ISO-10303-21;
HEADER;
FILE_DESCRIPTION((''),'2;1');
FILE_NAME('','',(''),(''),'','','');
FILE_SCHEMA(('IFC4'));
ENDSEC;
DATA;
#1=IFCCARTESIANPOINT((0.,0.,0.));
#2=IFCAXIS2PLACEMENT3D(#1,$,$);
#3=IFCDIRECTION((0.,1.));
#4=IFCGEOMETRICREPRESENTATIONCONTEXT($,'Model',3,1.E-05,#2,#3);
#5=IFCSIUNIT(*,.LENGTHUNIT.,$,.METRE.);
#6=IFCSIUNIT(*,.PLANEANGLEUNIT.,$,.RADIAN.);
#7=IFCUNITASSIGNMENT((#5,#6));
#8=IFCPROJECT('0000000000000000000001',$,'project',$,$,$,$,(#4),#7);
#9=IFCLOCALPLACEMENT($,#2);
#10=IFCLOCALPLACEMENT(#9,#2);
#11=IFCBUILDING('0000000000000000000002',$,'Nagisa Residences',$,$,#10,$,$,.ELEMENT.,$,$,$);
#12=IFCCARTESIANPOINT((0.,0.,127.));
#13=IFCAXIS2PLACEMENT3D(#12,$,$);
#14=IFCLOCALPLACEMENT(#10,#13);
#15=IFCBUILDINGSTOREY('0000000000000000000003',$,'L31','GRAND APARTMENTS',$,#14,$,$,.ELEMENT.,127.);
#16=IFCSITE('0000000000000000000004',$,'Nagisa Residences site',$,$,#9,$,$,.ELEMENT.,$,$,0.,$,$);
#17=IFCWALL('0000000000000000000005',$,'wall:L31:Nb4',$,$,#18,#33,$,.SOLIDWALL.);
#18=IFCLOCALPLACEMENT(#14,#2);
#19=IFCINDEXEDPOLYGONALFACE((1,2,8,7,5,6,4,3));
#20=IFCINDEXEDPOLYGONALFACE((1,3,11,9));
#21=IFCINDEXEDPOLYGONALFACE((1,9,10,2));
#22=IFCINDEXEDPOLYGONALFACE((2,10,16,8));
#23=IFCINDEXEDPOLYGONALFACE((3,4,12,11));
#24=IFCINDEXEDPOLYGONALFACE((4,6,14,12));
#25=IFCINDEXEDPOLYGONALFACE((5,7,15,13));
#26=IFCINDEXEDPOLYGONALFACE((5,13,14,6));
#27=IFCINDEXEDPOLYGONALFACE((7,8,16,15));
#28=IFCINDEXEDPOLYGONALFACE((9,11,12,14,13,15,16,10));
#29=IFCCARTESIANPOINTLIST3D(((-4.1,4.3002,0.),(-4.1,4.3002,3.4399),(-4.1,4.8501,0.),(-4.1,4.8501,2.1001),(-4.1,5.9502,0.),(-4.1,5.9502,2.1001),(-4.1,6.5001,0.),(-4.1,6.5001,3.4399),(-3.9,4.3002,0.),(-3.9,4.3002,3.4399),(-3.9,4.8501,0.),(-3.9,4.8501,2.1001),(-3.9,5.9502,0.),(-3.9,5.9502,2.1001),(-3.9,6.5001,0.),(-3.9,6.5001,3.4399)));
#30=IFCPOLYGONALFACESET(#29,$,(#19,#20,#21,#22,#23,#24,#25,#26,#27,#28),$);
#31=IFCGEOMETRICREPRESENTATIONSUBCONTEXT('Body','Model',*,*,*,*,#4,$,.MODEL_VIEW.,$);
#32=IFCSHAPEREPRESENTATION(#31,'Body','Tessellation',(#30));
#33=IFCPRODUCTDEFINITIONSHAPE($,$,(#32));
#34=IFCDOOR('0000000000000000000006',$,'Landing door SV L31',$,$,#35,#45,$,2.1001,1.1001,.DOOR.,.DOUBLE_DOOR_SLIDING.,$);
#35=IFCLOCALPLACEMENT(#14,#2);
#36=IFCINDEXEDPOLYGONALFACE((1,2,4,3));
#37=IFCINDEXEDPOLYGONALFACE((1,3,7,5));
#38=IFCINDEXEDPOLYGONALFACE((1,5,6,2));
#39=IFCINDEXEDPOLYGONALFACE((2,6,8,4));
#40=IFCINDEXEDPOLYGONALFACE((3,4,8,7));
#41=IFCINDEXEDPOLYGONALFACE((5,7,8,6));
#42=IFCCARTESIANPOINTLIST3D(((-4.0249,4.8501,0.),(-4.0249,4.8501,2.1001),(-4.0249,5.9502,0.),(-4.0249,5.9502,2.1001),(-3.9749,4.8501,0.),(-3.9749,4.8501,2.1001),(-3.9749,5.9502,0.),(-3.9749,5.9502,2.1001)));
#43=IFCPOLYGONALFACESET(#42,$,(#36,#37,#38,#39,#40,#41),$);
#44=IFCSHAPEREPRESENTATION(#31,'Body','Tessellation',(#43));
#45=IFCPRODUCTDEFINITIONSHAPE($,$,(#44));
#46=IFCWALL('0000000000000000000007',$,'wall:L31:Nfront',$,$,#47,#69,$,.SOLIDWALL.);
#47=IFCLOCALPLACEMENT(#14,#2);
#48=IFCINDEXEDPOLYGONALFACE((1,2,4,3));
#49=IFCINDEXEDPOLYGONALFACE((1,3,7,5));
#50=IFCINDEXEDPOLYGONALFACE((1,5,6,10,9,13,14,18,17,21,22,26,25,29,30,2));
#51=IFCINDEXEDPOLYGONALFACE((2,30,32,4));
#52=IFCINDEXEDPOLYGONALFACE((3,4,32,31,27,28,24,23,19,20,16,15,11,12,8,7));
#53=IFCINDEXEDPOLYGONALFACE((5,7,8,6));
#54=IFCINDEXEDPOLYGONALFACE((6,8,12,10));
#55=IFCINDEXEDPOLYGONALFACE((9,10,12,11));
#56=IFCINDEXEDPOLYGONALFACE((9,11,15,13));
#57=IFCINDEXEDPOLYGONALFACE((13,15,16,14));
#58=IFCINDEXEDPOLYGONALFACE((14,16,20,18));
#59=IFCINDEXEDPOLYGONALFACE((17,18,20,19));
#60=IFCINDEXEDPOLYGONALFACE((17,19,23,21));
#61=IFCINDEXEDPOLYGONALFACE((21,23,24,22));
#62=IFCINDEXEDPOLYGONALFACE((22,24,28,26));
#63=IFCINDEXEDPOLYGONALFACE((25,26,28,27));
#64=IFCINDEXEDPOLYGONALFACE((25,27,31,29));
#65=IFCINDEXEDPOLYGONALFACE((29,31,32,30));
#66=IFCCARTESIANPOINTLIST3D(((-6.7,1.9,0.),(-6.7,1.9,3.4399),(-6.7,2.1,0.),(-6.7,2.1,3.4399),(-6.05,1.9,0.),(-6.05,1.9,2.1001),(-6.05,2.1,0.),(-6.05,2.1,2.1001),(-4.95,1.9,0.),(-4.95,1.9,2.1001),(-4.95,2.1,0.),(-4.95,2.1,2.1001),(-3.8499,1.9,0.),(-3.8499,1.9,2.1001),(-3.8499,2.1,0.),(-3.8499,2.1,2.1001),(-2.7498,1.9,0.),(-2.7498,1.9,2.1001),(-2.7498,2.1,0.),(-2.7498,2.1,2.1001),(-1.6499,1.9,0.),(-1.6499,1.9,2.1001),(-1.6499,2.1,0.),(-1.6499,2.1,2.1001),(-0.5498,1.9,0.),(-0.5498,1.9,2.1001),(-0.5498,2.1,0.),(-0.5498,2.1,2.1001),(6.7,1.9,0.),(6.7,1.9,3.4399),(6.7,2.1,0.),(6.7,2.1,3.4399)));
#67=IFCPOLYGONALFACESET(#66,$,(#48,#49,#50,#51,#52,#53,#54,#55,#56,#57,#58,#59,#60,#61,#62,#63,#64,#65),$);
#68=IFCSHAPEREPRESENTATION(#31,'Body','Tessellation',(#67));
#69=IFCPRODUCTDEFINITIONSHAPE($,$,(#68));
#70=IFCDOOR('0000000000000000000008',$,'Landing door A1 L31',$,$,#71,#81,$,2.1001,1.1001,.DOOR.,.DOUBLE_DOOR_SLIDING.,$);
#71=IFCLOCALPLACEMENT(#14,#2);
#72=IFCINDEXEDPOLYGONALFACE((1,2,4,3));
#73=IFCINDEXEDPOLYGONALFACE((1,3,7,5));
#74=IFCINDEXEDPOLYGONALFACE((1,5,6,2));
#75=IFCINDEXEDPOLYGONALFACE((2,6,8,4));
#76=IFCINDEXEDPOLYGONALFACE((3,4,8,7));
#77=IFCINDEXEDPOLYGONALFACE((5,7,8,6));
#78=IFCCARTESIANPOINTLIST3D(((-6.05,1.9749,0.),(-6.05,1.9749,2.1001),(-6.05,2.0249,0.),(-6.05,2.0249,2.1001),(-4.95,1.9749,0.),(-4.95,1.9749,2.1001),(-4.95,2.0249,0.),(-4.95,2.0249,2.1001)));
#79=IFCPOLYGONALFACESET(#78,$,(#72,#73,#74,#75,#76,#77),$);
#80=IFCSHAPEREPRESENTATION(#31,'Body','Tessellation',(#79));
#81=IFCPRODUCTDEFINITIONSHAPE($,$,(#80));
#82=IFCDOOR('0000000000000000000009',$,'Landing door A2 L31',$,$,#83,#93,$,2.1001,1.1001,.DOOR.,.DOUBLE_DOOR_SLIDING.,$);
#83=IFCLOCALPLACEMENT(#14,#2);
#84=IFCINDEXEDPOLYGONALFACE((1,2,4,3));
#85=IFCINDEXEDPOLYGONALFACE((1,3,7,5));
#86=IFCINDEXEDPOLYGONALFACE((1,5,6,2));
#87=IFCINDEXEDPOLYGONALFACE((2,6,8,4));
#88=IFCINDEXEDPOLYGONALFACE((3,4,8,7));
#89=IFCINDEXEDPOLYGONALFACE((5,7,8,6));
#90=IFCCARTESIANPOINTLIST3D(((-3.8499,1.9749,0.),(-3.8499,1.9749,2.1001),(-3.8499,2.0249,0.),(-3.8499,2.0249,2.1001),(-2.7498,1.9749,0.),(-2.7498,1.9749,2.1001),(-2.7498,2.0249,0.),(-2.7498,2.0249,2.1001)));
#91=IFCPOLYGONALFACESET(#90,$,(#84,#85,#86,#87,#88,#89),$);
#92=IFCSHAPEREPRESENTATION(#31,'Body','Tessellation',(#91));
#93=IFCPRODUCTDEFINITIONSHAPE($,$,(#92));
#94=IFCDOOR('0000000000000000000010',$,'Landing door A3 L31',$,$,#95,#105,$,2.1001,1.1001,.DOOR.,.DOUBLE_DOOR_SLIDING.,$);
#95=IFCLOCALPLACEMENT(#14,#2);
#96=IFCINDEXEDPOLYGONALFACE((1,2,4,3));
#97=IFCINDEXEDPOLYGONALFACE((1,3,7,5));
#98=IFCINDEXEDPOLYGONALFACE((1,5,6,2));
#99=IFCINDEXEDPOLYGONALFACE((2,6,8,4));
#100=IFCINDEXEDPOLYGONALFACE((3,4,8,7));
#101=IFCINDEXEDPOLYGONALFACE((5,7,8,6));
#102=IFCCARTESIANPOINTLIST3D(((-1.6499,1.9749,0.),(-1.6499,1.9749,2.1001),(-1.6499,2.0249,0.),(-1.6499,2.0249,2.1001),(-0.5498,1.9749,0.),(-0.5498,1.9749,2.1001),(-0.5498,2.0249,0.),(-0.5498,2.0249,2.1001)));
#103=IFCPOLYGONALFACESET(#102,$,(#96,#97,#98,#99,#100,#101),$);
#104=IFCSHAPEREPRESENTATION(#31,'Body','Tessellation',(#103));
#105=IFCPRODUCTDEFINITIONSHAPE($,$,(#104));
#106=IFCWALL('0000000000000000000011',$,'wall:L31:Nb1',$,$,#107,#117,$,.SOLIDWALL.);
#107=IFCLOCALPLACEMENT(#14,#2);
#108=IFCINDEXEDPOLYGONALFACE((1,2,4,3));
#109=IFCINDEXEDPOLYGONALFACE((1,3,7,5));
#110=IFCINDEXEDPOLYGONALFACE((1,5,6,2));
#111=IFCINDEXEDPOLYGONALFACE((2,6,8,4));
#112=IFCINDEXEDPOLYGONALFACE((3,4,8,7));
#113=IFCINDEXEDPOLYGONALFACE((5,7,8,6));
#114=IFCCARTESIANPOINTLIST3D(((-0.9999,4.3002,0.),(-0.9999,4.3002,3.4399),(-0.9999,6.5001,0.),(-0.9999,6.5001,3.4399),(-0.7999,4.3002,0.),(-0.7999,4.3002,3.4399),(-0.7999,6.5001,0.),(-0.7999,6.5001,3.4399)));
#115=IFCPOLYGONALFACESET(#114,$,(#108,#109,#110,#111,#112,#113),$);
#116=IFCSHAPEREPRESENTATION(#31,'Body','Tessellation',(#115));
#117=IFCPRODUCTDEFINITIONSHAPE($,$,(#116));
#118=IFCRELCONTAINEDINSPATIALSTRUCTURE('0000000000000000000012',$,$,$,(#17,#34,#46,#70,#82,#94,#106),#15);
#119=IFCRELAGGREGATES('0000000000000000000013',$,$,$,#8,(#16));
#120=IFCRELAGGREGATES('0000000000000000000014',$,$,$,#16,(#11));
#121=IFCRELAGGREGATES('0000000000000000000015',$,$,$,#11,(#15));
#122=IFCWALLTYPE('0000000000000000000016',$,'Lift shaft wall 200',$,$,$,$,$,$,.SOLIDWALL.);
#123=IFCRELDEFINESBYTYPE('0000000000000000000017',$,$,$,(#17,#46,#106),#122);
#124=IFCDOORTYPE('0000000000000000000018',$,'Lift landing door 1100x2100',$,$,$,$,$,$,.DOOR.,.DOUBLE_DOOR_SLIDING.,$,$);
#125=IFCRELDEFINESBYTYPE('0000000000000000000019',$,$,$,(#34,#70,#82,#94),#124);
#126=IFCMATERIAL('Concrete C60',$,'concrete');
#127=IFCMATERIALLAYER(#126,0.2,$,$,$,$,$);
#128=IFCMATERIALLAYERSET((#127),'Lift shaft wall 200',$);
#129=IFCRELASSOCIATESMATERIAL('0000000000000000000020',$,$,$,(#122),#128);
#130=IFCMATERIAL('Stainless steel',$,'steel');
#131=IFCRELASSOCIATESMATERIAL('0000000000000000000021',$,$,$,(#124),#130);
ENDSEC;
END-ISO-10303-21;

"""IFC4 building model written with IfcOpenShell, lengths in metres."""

from ifc_helpers import new_model, si_unit, direction, frame, frame_2d, origin, place, context, subcontext, project, spatial, rectangle, extrude, material, layer, layer_set, type_object, element, fill, save


model = new_model("IFC4")

# Units and contexts
model_context = context("Model", 3, precision=1e-05, world=origin(), true_north=direction((0.0, 1.0)))
body_context = subcontext(model_context, "Body", "Model", "MODEL_VIEW")
ifc_project = project(units=[si_unit("LENGTHUNIT", "METRE"), si_unit("PLANEANGLEUNIT", "RADIAN")], contexts=[model_context])

# Site, building, storey
site_placement = place(None, origin())
site = spatial("IfcSite", under=ifc_project, at=site_placement, Name="Nagisa Residences site", CompositionType="ELEMENT", RefElevation=0.0)
building_placement = place(site_placement, origin())
building = spatial("IfcBuilding", under=site, at=building_placement, Name="Nagisa Residences", CompositionType="ELEMENT")
storey_placement = place(building_placement, frame((0.0, 0.0, 127.0)))
storey = spatial("IfcBuildingStorey", under=building, at=storey_placement, Name="L31", Description="GRAND APARTMENTS", CompositionType="ELEMENT", Elevation=127.0)

# Wall, opening, door
ifc_material_1 = material(Name="Concrete C60", Category="concrete")
ifc_layer_1 = layer(ifc_material_1, 0.2)
ifc_layer_set_1 = layer_set([ifc_layer_1], Name="Lift shaft wall 200")
wall_type_1 = type_object("IfcWallType", Name="Lift shaft wall 200", PredefinedType="SOLIDWALL", material=ifc_layer_set_1)
wall_1_placement = place(storey_placement, frame((-4.0, 4.3, 0.0), z_axis=(0.0, 0.0, 1.0), x_axis=(0.0, 1.0, 0.0)))
wall_1 = element("IfcWall", 1, at=wall_1_placement, inside=storey, type_object=wall_type_1, Name="wall:L31:Nb4", PredefinedType="SOLIDWALL", context=body_context, shape_type="SweptSolid", body=[
    extrude(rectangle(XDim=2.2, YDim=0.2, at=frame_2d((1.1001, 0.0))), origin(), (0.0, 0.0, 1.0), 3.4399),
])
opening_1_placement = place(wall_1_placement, frame((0.55, 0.0, 0.0)))
opening_1 = element("IfcOpeningElement", 2, at=opening_1_placement, cuts=wall_1, PredefinedType="OPENING", context=body_context, shape_type="SweptSolid", body=[
    extrude(rectangle(XDim=1.1001, YDim=2.1001, at=frame_2d((0.55, 1.05))), frame((0.0, 0.1099, 0.0), z_axis=(0.0, -1.0, 0.0), x_axis=(1.0, 0.0, 0.0)), (0.0, 0.0, 1.0), 0.22),
])
ifc_material_2 = material(Name="Stainless steel", Category="steel")
door_type_1 = type_object("IfcDoorType", Name="Lift landing door 1100x2100", OperationType="DOUBLE_DOOR_SLIDING", PredefinedType="DOOR", material=ifc_material_2)
door_1_placement = place(opening_1_placement, origin())
door_1 = element("IfcDoor", 3, at=door_1_placement, inside=storey, type_object=door_type_1, Name="Landing door SV L31", OperationType="DOUBLE_DOOR_SLIDING", OverallHeight=2.1001, OverallWidth=1.1001, PredefinedType="DOOR", context=body_context, shape_type="SweptSolid", body=[
    extrude(rectangle(XDim=1.1001, YDim=2.1001, at=frame_2d((0.55, 1.05))), frame((0.0, 0.0249, 0.0), z_axis=(0.0, -1.0, 0.0), x_axis=(1.0, 0.0, 0.0)), (0.0, 0.0, 1.0), 0.05),
])
fill(opening_1, door_1)

# Wall, openings, doors
wall_2_placement = place(storey_placement, frame((-6.7, 2.0, 0.0), z_axis=(0.0, 0.0, 1.0), x_axis=(1.0, 0.0, 0.0)))
wall_2 = element("IfcWall", 4, at=wall_2_placement, inside=storey, type_object=wall_type_1, Name="wall:L31:Nfront", PredefinedType="SOLIDWALL", context=body_context, shape_type="SweptSolid", body=[
    extrude(rectangle(XDim=13.3999, YDim=0.2, at=frame_2d((6.7, 0.0))), origin(), (0.0, 0.0, 1.0), 3.4399),
])
opening_2_placement = place(wall_2_placement, frame((0.6499, 0.0, 0.0)))
opening_2 = element("IfcOpeningElement", 5, at=opening_2_placement, cuts=wall_2, PredefinedType="OPENING", context=body_context, shape_type="SweptSolid", body=[
    extrude(rectangle(XDim=1.1001, YDim=2.1001, at=frame_2d((0.55, 1.05))), frame((0.0, 0.1099, 0.0), z_axis=(0.0, -1.0, 0.0), x_axis=(1.0, 0.0, 0.0)), (0.0, 0.0, 1.0), 0.22),
])
opening_3_placement = place(wall_2_placement, frame((2.8501, 0.0, 0.0)))
opening_3 = element("IfcOpeningElement", 6, at=opening_3_placement, cuts=wall_2, PredefinedType="OPENING", context=body_context, shape_type="SweptSolid", body=[
    extrude(rectangle(XDim=1.1001, YDim=2.1001, at=frame_2d((0.55, 1.05))), frame((0.0, 0.1099, 0.0), z_axis=(0.0, -1.0, 0.0), x_axis=(1.0, 0.0, 0.0)), (0.0, 0.0, 1.0), 0.22),
])
opening_4_placement = place(wall_2_placement, frame((5.05, 0.0, 0.0)))
opening_4 = element("IfcOpeningElement", 7, at=opening_4_placement, cuts=wall_2, PredefinedType="OPENING", context=body_context, shape_type="SweptSolid", body=[
    extrude(rectangle(XDim=1.1001, YDim=2.1001, at=frame_2d((0.55, 1.05))), frame((0.0, 0.1099, 0.0), z_axis=(0.0, -1.0, 0.0), x_axis=(1.0, 0.0, 0.0)), (0.0, 0.0, 1.0), 0.22),
])
door_2_placement = place(opening_2_placement, origin())
door_2 = element("IfcDoor", 8, at=door_2_placement, inside=storey, type_object=door_type_1, Name="Landing door A1 L31", OperationType="DOUBLE_DOOR_SLIDING", OverallHeight=2.1001, OverallWidth=1.1001, PredefinedType="DOOR", context=body_context, shape_type="SweptSolid", body=[
    extrude(rectangle(XDim=1.1001, YDim=2.1001, at=frame_2d((0.55, 1.05))), frame((0.0, 0.0249, 0.0), z_axis=(0.0, -1.0, 0.0), x_axis=(1.0, 0.0, 0.0)), (0.0, 0.0, 1.0), 0.05),
])
fill(opening_2, door_2)
door_3_placement = place(opening_3_placement, origin())
door_3 = element("IfcDoor", 9, at=door_3_placement, inside=storey, type_object=door_type_1, Name="Landing door A2 L31", OperationType="DOUBLE_DOOR_SLIDING", OverallHeight=2.1001, OverallWidth=1.1001, PredefinedType="DOOR", context=body_context, shape_type="SweptSolid", body=[
    extrude(rectangle(XDim=1.1001, YDim=2.1001, at=frame_2d((0.55, 1.05))), frame((0.0, 0.0249, 0.0), z_axis=(0.0, -1.0, 0.0), x_axis=(1.0, 0.0, 0.0)), (0.0, 0.0, 1.0), 0.05),
])
fill(opening_3, door_3)
door_4_placement = place(opening_4_placement, origin())
door_4 = element("IfcDoor", 10, at=door_4_placement, inside=storey, type_object=door_type_1, Name="Landing door A3 L31", OperationType="DOUBLE_DOOR_SLIDING", OverallHeight=2.1001, OverallWidth=1.1001, PredefinedType="DOOR", context=body_context, shape_type="SweptSolid", body=[
    extrude(rectangle(XDim=1.1001, YDim=2.1001, at=frame_2d((0.55, 1.05))), frame((0.0, 0.0249, 0.0), z_axis=(0.0, -1.0, 0.0), x_axis=(1.0, 0.0, 0.0)), (0.0, 0.0, 1.0), 0.05),
])
fill(opening_4, door_4)

# Wall
wall_3_placement = place(storey_placement, frame((-0.8999, 4.3, 0.0), z_axis=(0.0, 0.0, 1.0), x_axis=(0.0, 1.0, 0.0)))
element("IfcWall", 11, at=wall_3_placement, inside=storey, type_object=wall_type_1, Name="wall:L31:Nb1", PredefinedType="SOLIDWALL", context=body_context, shape_type="SweptSolid", body=[
    extrude(rectangle(XDim=2.2, YDim=0.2, at=frame_2d((1.1001, 0.0))), origin(), (0.0, 0.0, 1.0), 3.4399),
])

save(model, "model.ifc")
